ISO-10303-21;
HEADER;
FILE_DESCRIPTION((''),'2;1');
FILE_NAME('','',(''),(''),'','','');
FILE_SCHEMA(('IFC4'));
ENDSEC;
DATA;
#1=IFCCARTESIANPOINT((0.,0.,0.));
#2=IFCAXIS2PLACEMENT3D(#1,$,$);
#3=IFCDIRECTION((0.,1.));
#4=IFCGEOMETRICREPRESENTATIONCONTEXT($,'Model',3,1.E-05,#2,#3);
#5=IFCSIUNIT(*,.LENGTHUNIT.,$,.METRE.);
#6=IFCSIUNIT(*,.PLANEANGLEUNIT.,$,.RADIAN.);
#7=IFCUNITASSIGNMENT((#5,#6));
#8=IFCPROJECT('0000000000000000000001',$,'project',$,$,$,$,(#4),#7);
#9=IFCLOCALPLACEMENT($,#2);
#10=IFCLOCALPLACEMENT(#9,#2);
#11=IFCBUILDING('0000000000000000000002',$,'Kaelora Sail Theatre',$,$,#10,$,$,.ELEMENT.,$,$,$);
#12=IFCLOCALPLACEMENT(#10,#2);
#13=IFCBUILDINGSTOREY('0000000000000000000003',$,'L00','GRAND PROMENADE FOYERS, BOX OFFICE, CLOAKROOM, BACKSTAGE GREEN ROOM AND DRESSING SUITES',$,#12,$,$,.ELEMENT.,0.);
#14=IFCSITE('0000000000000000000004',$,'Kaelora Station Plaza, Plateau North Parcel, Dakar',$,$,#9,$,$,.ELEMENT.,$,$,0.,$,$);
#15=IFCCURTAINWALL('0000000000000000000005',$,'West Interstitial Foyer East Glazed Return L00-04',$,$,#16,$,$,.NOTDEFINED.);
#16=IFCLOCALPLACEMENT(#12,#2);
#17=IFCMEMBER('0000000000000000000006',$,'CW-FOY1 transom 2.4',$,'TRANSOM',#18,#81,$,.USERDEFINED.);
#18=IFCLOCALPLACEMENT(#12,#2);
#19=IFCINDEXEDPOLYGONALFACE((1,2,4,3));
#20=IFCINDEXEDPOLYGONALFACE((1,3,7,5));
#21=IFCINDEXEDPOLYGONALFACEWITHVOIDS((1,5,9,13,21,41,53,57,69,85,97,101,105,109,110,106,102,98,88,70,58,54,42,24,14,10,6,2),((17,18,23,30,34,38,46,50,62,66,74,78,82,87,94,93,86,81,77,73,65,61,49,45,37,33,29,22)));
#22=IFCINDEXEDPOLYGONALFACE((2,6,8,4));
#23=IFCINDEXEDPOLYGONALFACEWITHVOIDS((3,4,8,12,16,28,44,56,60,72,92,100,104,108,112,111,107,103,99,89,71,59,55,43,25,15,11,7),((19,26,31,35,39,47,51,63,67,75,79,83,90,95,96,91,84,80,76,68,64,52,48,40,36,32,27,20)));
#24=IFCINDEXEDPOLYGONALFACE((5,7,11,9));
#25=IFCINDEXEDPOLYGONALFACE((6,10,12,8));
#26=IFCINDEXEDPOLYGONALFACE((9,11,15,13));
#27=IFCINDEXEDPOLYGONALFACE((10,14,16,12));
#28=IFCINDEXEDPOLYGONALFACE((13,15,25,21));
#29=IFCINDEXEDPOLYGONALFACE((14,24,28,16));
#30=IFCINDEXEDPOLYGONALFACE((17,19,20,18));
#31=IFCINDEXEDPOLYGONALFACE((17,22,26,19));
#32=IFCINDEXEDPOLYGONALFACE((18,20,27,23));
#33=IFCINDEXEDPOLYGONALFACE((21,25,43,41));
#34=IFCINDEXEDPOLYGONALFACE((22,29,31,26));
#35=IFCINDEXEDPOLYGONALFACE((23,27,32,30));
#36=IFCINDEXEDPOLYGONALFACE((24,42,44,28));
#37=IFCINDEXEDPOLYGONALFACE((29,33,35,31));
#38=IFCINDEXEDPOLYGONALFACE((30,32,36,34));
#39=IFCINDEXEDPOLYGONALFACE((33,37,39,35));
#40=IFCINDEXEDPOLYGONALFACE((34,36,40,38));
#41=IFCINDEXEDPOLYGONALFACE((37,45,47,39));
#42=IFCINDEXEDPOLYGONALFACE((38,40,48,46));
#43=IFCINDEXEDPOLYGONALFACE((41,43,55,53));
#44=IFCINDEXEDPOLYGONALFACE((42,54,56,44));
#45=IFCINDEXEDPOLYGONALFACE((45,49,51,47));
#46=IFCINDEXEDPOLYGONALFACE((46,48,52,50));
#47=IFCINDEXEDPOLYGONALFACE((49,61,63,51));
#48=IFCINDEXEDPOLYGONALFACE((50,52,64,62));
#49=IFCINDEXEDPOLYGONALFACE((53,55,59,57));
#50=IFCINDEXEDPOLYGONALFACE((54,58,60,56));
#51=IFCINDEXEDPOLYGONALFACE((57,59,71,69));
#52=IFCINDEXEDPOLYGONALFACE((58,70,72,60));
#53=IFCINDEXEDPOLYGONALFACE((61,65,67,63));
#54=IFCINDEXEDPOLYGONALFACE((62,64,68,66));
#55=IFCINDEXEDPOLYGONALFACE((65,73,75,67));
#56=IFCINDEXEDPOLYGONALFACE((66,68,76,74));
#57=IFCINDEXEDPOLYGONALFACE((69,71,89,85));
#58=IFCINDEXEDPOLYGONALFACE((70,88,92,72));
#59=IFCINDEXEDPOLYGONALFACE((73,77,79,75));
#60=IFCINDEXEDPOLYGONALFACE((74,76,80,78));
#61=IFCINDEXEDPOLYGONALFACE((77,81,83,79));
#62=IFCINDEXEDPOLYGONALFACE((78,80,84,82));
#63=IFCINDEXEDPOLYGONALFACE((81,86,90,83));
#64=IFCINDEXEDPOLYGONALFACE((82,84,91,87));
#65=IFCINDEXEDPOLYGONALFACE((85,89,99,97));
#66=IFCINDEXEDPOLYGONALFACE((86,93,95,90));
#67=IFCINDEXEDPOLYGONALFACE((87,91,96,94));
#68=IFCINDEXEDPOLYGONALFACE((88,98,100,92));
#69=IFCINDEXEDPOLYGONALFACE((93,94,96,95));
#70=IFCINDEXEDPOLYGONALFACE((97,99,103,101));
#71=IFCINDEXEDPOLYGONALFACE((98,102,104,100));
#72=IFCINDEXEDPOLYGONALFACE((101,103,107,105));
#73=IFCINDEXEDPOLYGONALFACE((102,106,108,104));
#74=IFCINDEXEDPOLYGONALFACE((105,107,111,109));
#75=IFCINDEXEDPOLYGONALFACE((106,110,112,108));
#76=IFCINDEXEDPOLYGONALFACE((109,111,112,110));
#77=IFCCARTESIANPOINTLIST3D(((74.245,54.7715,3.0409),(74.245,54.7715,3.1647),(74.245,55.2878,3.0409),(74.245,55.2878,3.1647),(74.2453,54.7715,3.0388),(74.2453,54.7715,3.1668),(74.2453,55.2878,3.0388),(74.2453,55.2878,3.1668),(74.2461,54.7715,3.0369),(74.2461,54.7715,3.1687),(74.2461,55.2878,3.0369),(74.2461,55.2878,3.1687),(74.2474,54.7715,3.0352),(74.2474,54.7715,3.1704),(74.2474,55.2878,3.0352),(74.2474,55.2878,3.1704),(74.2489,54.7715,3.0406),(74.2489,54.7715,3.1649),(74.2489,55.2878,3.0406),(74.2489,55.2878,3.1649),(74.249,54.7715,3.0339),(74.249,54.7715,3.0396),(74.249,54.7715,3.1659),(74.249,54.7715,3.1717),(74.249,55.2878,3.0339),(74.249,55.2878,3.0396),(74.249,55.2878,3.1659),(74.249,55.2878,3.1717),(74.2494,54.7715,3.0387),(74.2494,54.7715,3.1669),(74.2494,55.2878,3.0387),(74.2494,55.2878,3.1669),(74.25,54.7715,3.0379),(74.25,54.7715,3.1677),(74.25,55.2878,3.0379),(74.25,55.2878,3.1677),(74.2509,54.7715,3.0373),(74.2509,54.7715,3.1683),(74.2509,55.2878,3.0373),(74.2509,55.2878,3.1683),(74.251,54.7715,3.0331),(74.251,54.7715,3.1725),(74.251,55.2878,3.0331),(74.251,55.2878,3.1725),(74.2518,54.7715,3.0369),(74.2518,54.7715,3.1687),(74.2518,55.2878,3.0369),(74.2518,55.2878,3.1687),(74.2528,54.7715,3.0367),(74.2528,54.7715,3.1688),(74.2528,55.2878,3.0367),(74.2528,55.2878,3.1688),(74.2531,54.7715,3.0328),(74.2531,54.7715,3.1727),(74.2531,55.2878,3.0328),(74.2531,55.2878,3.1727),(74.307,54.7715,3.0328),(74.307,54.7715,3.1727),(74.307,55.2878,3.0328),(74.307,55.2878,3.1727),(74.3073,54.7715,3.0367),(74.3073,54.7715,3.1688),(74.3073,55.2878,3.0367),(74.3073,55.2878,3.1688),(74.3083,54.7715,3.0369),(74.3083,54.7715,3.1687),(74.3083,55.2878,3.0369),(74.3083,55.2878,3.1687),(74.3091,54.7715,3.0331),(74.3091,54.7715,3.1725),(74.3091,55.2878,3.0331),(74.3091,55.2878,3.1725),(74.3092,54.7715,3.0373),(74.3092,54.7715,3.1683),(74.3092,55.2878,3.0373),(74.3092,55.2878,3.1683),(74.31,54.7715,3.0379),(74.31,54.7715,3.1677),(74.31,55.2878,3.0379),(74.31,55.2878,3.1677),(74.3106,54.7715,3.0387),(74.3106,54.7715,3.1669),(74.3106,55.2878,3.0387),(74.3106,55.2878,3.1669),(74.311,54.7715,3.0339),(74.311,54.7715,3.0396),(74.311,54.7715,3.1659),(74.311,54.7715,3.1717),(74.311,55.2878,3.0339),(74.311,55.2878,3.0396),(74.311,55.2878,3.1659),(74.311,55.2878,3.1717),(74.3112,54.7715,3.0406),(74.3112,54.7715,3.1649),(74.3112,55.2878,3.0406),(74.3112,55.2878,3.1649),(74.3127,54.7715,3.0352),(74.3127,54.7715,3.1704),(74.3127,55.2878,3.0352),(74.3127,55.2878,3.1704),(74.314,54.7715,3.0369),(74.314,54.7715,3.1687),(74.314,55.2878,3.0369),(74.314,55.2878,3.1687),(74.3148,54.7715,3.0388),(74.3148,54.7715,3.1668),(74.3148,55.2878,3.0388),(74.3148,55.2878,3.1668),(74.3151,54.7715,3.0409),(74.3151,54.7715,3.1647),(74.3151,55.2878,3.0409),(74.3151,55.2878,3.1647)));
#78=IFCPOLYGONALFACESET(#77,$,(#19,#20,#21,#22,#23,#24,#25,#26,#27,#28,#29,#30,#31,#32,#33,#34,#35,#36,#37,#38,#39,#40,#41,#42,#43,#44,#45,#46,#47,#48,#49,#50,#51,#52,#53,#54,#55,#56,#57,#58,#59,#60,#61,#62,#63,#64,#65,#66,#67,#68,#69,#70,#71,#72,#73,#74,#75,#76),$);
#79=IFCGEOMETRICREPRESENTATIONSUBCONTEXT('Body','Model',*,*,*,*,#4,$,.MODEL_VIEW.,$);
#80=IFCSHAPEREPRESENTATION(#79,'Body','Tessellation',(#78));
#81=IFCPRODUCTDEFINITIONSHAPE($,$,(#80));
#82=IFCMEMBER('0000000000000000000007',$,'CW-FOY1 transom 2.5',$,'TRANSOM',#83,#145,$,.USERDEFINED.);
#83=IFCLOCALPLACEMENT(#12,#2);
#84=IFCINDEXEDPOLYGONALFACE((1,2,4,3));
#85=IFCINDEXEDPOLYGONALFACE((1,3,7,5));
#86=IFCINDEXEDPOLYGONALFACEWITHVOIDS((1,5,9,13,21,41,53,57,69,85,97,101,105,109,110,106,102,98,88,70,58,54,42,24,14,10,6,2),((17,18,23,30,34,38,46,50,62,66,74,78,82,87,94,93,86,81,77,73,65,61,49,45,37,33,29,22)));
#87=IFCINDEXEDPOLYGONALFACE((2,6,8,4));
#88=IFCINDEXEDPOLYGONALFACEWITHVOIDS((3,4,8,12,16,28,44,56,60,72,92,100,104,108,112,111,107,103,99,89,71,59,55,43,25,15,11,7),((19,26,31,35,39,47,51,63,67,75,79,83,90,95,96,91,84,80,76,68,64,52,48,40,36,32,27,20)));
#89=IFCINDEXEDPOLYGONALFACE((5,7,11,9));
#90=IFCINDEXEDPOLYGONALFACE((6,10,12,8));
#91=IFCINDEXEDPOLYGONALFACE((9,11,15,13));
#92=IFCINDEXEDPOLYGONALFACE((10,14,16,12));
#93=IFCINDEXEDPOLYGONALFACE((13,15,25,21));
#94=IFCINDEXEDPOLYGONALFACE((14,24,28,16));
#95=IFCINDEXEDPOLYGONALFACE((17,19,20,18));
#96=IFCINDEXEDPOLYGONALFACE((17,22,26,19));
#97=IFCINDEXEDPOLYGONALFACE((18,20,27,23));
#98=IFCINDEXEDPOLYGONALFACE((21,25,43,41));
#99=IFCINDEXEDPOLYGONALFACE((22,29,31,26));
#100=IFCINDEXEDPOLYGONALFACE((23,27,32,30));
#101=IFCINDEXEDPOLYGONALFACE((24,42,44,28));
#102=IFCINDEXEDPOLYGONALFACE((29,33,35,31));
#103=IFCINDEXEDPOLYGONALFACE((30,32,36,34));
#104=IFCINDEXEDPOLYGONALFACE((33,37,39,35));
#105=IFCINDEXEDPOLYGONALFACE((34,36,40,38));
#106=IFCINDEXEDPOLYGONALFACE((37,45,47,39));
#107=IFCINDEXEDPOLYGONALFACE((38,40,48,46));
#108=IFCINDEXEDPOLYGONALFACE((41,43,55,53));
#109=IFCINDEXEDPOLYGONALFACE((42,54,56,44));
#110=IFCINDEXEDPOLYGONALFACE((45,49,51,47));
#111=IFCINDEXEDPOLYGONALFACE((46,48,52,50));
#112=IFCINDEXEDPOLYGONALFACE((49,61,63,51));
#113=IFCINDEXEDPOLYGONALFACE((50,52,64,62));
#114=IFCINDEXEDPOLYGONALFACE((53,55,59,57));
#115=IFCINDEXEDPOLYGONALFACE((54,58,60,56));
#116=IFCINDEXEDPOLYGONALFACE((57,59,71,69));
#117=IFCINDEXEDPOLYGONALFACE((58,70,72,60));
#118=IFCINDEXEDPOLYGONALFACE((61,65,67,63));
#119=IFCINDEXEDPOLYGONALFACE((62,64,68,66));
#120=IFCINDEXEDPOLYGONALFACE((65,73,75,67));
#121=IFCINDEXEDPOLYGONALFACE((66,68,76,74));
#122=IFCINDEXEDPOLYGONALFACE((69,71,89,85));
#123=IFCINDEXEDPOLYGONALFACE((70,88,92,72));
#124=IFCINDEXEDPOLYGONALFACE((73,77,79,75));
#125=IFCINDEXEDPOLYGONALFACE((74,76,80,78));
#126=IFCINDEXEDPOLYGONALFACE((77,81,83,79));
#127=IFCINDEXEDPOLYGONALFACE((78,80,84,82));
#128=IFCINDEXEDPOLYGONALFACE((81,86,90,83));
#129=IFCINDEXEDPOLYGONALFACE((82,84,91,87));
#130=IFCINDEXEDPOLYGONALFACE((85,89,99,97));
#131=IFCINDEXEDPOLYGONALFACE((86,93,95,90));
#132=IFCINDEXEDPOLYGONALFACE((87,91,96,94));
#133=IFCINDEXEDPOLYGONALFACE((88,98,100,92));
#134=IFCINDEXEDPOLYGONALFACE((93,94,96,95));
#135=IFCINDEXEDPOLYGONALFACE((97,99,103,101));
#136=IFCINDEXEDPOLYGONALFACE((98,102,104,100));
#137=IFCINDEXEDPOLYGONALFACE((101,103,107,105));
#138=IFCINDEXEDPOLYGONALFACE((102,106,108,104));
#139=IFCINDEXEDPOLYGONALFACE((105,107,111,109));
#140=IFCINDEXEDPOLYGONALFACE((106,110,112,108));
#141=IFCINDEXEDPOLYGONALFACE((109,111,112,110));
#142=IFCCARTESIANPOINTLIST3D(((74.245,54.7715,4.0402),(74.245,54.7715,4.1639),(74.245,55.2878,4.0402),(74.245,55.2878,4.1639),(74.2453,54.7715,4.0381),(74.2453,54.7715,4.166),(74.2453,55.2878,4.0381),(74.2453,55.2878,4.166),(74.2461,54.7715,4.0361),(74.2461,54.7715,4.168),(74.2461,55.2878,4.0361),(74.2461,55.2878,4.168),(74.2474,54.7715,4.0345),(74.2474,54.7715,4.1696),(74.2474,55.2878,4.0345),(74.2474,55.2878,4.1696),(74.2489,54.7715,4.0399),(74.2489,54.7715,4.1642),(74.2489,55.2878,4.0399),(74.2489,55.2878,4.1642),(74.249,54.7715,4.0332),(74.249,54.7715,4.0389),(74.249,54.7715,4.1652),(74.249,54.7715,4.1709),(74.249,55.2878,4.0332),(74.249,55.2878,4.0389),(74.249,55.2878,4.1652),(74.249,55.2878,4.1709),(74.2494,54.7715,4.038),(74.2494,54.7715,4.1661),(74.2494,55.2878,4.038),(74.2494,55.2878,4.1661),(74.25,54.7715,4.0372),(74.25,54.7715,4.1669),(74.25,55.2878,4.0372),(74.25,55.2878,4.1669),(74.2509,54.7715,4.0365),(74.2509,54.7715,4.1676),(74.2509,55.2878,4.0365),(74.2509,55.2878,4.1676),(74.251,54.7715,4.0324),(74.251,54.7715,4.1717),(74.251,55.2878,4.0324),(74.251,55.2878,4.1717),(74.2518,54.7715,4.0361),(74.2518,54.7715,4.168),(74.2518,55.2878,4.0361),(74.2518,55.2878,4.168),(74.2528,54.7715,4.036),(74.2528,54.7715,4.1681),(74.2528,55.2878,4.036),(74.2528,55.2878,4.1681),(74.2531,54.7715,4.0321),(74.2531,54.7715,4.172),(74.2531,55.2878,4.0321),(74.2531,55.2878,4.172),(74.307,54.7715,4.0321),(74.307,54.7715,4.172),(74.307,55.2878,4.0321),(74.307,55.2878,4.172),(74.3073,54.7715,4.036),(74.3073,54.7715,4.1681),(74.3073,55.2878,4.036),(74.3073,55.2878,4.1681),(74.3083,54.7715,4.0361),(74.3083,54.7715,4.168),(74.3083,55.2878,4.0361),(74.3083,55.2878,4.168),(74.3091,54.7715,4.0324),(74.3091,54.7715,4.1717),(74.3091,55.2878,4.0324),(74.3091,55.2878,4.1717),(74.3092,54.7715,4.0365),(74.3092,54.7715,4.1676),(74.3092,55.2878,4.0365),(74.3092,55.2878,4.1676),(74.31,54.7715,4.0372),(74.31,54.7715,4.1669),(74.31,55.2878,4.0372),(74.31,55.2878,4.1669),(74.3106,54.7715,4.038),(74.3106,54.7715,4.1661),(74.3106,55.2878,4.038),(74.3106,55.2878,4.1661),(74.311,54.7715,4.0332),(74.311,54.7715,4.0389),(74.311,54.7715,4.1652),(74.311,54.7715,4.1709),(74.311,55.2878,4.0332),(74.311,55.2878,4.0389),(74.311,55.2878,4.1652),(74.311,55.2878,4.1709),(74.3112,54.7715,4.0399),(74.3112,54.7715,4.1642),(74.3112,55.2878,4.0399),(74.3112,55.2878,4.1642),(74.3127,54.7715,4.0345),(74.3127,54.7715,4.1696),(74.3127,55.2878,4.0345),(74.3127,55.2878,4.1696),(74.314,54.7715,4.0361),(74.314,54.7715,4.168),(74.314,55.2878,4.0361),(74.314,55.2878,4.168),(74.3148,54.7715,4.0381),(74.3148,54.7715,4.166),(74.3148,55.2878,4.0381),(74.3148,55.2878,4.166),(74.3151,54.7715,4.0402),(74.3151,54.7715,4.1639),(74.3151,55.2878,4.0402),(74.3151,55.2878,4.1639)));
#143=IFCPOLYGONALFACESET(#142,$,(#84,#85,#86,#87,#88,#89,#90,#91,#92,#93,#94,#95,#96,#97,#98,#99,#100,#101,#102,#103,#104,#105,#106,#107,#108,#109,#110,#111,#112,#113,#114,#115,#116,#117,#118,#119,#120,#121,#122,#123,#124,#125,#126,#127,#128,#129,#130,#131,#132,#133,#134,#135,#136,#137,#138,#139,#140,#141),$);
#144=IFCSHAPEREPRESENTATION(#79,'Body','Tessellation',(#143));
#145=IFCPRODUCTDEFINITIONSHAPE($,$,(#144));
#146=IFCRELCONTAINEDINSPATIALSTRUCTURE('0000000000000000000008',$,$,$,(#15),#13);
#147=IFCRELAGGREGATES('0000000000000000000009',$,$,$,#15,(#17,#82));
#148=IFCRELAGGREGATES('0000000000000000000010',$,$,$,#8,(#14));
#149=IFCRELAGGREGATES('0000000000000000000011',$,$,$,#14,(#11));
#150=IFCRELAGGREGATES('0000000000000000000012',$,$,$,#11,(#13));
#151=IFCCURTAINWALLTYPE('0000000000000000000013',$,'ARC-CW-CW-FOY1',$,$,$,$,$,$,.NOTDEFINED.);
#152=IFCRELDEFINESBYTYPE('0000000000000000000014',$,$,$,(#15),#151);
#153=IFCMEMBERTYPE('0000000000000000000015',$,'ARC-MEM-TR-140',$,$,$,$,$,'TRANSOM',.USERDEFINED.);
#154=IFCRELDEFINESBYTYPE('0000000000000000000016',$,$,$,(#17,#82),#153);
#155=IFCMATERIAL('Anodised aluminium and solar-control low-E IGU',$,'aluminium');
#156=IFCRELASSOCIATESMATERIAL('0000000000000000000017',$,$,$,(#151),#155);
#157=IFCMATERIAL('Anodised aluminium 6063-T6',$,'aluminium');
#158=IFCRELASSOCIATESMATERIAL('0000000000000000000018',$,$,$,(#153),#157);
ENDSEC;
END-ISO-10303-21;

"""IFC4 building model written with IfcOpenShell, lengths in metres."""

from ifc_helpers import new_model, si_unit, direction, frame, origin, origin_2d, place, context, subcontext, project, spatial, hollow_rectangle, extrude, material, material_profile, profile_set, type_object, element, aggregate, save


model = new_model("IFC4")

# Units and contexts
model_context = context("Model", 3, precision=1e-05, world=origin(), true_north=direction((0.0, 1.0)))
body_context = subcontext(model_context, "Body", "Model", "MODEL_VIEW")
ifc_project = project(units=[si_unit("LENGTHUNIT", "METRE"), si_unit("PLANEANGLEUNIT", "RADIAN")], contexts=[model_context])

# Site, building, storey
site_placement = place(None, origin())
site = spatial("IfcSite", under=ifc_project, at=site_placement, Name="Kaelora Station Plaza, Plateau North Parcel, Dakar", CompositionType="ELEMENT", RefElevation=0.0)
building_placement = place(site_placement, origin())
building = spatial("IfcBuilding", under=site, at=building_placement, Name="Kaelora Sail Theatre", CompositionType="ELEMENT")
storey_placement = place(building_placement, origin())
storey = spatial("IfcBuildingStorey", under=building, at=storey_placement, Name="L00", Description="GRAND PROMENADE FOYERS, BOX OFFICE, CLOAKROOM, BACKSTAGE GREEN ROOM AND DRESSING SUITES", CompositionType="ELEMENT", Elevation=0.0)

# Curtain wall, members
ifc_material_1 = material(Name="Anodised aluminium and solar-control low-E IGU", Category="aluminium")
curtain_wall_type = type_object("IfcCurtainWallType", Name="ARC-CW-CW-FOY1", PredefinedType="NOTDEFINED", material=ifc_material_1)
curtain_wall_placement = place(storey_placement, origin())
curtain_wall = element("IfcCurtainWall", 1, at=curtain_wall_placement, inside=storey, type_object=curtain_wall_type, Name="West Interstitial Foyer East Glazed Return L00-04", PredefinedType="NOTDEFINED")
ifc_material_2 = material(Name="Anodised aluminium 6063-T6", Category="aluminium")
ifc_material_profile = material_profile(ifc_material_2, hollow_rectangle(XDim=0.0701, YDim=0.1399, WallThickness=0.0039, InnerFilletRadius=0.0039, OuterFilletRadius=0.0081, at=origin_2d()), Name="ALU-TRAN 70x140x4")
ifc_profile_set = profile_set([ifc_material_profile], Name="Anodised aluminium 6063-T6")
member_type = type_object("IfcMemberType", Name="ARC-MEM-TR-140", ElementType="TRANSOM", PredefinedType="USERDEFINED", material=ifc_profile_set)
member_1_placement = place(storey_placement, frame((74.28, 54.7715, 3.1028), z_axis=(0.0, 1.0, 0.0), x_axis=(-1.0, 0.0, 0.0)))
member_1 = element("IfcMember", 2, at=member_1_placement, type_object=member_type, Name="CW-FOY1 transom 2.4", ObjectType="TRANSOM", PredefinedType="USERDEFINED", context=body_context, shape_type="SweptSolid", body=[
    extrude(hollow_rectangle(XDim=0.0701, YDim=0.1399, WallThickness=0.0039, InnerFilletRadius=0.0039, OuterFilletRadius=0.0081, at=origin_2d()), origin(), (0.0, 0.0, 1.0), 0.5164),
])
member_2_placement = place(storey_placement, frame((74.28, 54.7715, 4.1021), z_axis=(0.0, 1.0, 0.0), x_axis=(-1.0, 0.0, 0.0)))
member_2 = element("IfcMember", 3, at=member_2_placement, type_object=member_type, Name="CW-FOY1 transom 2.5", ObjectType="TRANSOM", PredefinedType="USERDEFINED", context=body_context, shape_type="SweptSolid", body=[
    extrude(hollow_rectangle(XDim=0.0701, YDim=0.1399, WallThickness=0.0039, InnerFilletRadius=0.0039, OuterFilletRadius=0.0081, at=origin_2d()), origin(), (0.0, 0.0, 1.0), 0.5164),
])
aggregate(curtain_wall, [member_1, member_2])

save(model, "model.ifc")
